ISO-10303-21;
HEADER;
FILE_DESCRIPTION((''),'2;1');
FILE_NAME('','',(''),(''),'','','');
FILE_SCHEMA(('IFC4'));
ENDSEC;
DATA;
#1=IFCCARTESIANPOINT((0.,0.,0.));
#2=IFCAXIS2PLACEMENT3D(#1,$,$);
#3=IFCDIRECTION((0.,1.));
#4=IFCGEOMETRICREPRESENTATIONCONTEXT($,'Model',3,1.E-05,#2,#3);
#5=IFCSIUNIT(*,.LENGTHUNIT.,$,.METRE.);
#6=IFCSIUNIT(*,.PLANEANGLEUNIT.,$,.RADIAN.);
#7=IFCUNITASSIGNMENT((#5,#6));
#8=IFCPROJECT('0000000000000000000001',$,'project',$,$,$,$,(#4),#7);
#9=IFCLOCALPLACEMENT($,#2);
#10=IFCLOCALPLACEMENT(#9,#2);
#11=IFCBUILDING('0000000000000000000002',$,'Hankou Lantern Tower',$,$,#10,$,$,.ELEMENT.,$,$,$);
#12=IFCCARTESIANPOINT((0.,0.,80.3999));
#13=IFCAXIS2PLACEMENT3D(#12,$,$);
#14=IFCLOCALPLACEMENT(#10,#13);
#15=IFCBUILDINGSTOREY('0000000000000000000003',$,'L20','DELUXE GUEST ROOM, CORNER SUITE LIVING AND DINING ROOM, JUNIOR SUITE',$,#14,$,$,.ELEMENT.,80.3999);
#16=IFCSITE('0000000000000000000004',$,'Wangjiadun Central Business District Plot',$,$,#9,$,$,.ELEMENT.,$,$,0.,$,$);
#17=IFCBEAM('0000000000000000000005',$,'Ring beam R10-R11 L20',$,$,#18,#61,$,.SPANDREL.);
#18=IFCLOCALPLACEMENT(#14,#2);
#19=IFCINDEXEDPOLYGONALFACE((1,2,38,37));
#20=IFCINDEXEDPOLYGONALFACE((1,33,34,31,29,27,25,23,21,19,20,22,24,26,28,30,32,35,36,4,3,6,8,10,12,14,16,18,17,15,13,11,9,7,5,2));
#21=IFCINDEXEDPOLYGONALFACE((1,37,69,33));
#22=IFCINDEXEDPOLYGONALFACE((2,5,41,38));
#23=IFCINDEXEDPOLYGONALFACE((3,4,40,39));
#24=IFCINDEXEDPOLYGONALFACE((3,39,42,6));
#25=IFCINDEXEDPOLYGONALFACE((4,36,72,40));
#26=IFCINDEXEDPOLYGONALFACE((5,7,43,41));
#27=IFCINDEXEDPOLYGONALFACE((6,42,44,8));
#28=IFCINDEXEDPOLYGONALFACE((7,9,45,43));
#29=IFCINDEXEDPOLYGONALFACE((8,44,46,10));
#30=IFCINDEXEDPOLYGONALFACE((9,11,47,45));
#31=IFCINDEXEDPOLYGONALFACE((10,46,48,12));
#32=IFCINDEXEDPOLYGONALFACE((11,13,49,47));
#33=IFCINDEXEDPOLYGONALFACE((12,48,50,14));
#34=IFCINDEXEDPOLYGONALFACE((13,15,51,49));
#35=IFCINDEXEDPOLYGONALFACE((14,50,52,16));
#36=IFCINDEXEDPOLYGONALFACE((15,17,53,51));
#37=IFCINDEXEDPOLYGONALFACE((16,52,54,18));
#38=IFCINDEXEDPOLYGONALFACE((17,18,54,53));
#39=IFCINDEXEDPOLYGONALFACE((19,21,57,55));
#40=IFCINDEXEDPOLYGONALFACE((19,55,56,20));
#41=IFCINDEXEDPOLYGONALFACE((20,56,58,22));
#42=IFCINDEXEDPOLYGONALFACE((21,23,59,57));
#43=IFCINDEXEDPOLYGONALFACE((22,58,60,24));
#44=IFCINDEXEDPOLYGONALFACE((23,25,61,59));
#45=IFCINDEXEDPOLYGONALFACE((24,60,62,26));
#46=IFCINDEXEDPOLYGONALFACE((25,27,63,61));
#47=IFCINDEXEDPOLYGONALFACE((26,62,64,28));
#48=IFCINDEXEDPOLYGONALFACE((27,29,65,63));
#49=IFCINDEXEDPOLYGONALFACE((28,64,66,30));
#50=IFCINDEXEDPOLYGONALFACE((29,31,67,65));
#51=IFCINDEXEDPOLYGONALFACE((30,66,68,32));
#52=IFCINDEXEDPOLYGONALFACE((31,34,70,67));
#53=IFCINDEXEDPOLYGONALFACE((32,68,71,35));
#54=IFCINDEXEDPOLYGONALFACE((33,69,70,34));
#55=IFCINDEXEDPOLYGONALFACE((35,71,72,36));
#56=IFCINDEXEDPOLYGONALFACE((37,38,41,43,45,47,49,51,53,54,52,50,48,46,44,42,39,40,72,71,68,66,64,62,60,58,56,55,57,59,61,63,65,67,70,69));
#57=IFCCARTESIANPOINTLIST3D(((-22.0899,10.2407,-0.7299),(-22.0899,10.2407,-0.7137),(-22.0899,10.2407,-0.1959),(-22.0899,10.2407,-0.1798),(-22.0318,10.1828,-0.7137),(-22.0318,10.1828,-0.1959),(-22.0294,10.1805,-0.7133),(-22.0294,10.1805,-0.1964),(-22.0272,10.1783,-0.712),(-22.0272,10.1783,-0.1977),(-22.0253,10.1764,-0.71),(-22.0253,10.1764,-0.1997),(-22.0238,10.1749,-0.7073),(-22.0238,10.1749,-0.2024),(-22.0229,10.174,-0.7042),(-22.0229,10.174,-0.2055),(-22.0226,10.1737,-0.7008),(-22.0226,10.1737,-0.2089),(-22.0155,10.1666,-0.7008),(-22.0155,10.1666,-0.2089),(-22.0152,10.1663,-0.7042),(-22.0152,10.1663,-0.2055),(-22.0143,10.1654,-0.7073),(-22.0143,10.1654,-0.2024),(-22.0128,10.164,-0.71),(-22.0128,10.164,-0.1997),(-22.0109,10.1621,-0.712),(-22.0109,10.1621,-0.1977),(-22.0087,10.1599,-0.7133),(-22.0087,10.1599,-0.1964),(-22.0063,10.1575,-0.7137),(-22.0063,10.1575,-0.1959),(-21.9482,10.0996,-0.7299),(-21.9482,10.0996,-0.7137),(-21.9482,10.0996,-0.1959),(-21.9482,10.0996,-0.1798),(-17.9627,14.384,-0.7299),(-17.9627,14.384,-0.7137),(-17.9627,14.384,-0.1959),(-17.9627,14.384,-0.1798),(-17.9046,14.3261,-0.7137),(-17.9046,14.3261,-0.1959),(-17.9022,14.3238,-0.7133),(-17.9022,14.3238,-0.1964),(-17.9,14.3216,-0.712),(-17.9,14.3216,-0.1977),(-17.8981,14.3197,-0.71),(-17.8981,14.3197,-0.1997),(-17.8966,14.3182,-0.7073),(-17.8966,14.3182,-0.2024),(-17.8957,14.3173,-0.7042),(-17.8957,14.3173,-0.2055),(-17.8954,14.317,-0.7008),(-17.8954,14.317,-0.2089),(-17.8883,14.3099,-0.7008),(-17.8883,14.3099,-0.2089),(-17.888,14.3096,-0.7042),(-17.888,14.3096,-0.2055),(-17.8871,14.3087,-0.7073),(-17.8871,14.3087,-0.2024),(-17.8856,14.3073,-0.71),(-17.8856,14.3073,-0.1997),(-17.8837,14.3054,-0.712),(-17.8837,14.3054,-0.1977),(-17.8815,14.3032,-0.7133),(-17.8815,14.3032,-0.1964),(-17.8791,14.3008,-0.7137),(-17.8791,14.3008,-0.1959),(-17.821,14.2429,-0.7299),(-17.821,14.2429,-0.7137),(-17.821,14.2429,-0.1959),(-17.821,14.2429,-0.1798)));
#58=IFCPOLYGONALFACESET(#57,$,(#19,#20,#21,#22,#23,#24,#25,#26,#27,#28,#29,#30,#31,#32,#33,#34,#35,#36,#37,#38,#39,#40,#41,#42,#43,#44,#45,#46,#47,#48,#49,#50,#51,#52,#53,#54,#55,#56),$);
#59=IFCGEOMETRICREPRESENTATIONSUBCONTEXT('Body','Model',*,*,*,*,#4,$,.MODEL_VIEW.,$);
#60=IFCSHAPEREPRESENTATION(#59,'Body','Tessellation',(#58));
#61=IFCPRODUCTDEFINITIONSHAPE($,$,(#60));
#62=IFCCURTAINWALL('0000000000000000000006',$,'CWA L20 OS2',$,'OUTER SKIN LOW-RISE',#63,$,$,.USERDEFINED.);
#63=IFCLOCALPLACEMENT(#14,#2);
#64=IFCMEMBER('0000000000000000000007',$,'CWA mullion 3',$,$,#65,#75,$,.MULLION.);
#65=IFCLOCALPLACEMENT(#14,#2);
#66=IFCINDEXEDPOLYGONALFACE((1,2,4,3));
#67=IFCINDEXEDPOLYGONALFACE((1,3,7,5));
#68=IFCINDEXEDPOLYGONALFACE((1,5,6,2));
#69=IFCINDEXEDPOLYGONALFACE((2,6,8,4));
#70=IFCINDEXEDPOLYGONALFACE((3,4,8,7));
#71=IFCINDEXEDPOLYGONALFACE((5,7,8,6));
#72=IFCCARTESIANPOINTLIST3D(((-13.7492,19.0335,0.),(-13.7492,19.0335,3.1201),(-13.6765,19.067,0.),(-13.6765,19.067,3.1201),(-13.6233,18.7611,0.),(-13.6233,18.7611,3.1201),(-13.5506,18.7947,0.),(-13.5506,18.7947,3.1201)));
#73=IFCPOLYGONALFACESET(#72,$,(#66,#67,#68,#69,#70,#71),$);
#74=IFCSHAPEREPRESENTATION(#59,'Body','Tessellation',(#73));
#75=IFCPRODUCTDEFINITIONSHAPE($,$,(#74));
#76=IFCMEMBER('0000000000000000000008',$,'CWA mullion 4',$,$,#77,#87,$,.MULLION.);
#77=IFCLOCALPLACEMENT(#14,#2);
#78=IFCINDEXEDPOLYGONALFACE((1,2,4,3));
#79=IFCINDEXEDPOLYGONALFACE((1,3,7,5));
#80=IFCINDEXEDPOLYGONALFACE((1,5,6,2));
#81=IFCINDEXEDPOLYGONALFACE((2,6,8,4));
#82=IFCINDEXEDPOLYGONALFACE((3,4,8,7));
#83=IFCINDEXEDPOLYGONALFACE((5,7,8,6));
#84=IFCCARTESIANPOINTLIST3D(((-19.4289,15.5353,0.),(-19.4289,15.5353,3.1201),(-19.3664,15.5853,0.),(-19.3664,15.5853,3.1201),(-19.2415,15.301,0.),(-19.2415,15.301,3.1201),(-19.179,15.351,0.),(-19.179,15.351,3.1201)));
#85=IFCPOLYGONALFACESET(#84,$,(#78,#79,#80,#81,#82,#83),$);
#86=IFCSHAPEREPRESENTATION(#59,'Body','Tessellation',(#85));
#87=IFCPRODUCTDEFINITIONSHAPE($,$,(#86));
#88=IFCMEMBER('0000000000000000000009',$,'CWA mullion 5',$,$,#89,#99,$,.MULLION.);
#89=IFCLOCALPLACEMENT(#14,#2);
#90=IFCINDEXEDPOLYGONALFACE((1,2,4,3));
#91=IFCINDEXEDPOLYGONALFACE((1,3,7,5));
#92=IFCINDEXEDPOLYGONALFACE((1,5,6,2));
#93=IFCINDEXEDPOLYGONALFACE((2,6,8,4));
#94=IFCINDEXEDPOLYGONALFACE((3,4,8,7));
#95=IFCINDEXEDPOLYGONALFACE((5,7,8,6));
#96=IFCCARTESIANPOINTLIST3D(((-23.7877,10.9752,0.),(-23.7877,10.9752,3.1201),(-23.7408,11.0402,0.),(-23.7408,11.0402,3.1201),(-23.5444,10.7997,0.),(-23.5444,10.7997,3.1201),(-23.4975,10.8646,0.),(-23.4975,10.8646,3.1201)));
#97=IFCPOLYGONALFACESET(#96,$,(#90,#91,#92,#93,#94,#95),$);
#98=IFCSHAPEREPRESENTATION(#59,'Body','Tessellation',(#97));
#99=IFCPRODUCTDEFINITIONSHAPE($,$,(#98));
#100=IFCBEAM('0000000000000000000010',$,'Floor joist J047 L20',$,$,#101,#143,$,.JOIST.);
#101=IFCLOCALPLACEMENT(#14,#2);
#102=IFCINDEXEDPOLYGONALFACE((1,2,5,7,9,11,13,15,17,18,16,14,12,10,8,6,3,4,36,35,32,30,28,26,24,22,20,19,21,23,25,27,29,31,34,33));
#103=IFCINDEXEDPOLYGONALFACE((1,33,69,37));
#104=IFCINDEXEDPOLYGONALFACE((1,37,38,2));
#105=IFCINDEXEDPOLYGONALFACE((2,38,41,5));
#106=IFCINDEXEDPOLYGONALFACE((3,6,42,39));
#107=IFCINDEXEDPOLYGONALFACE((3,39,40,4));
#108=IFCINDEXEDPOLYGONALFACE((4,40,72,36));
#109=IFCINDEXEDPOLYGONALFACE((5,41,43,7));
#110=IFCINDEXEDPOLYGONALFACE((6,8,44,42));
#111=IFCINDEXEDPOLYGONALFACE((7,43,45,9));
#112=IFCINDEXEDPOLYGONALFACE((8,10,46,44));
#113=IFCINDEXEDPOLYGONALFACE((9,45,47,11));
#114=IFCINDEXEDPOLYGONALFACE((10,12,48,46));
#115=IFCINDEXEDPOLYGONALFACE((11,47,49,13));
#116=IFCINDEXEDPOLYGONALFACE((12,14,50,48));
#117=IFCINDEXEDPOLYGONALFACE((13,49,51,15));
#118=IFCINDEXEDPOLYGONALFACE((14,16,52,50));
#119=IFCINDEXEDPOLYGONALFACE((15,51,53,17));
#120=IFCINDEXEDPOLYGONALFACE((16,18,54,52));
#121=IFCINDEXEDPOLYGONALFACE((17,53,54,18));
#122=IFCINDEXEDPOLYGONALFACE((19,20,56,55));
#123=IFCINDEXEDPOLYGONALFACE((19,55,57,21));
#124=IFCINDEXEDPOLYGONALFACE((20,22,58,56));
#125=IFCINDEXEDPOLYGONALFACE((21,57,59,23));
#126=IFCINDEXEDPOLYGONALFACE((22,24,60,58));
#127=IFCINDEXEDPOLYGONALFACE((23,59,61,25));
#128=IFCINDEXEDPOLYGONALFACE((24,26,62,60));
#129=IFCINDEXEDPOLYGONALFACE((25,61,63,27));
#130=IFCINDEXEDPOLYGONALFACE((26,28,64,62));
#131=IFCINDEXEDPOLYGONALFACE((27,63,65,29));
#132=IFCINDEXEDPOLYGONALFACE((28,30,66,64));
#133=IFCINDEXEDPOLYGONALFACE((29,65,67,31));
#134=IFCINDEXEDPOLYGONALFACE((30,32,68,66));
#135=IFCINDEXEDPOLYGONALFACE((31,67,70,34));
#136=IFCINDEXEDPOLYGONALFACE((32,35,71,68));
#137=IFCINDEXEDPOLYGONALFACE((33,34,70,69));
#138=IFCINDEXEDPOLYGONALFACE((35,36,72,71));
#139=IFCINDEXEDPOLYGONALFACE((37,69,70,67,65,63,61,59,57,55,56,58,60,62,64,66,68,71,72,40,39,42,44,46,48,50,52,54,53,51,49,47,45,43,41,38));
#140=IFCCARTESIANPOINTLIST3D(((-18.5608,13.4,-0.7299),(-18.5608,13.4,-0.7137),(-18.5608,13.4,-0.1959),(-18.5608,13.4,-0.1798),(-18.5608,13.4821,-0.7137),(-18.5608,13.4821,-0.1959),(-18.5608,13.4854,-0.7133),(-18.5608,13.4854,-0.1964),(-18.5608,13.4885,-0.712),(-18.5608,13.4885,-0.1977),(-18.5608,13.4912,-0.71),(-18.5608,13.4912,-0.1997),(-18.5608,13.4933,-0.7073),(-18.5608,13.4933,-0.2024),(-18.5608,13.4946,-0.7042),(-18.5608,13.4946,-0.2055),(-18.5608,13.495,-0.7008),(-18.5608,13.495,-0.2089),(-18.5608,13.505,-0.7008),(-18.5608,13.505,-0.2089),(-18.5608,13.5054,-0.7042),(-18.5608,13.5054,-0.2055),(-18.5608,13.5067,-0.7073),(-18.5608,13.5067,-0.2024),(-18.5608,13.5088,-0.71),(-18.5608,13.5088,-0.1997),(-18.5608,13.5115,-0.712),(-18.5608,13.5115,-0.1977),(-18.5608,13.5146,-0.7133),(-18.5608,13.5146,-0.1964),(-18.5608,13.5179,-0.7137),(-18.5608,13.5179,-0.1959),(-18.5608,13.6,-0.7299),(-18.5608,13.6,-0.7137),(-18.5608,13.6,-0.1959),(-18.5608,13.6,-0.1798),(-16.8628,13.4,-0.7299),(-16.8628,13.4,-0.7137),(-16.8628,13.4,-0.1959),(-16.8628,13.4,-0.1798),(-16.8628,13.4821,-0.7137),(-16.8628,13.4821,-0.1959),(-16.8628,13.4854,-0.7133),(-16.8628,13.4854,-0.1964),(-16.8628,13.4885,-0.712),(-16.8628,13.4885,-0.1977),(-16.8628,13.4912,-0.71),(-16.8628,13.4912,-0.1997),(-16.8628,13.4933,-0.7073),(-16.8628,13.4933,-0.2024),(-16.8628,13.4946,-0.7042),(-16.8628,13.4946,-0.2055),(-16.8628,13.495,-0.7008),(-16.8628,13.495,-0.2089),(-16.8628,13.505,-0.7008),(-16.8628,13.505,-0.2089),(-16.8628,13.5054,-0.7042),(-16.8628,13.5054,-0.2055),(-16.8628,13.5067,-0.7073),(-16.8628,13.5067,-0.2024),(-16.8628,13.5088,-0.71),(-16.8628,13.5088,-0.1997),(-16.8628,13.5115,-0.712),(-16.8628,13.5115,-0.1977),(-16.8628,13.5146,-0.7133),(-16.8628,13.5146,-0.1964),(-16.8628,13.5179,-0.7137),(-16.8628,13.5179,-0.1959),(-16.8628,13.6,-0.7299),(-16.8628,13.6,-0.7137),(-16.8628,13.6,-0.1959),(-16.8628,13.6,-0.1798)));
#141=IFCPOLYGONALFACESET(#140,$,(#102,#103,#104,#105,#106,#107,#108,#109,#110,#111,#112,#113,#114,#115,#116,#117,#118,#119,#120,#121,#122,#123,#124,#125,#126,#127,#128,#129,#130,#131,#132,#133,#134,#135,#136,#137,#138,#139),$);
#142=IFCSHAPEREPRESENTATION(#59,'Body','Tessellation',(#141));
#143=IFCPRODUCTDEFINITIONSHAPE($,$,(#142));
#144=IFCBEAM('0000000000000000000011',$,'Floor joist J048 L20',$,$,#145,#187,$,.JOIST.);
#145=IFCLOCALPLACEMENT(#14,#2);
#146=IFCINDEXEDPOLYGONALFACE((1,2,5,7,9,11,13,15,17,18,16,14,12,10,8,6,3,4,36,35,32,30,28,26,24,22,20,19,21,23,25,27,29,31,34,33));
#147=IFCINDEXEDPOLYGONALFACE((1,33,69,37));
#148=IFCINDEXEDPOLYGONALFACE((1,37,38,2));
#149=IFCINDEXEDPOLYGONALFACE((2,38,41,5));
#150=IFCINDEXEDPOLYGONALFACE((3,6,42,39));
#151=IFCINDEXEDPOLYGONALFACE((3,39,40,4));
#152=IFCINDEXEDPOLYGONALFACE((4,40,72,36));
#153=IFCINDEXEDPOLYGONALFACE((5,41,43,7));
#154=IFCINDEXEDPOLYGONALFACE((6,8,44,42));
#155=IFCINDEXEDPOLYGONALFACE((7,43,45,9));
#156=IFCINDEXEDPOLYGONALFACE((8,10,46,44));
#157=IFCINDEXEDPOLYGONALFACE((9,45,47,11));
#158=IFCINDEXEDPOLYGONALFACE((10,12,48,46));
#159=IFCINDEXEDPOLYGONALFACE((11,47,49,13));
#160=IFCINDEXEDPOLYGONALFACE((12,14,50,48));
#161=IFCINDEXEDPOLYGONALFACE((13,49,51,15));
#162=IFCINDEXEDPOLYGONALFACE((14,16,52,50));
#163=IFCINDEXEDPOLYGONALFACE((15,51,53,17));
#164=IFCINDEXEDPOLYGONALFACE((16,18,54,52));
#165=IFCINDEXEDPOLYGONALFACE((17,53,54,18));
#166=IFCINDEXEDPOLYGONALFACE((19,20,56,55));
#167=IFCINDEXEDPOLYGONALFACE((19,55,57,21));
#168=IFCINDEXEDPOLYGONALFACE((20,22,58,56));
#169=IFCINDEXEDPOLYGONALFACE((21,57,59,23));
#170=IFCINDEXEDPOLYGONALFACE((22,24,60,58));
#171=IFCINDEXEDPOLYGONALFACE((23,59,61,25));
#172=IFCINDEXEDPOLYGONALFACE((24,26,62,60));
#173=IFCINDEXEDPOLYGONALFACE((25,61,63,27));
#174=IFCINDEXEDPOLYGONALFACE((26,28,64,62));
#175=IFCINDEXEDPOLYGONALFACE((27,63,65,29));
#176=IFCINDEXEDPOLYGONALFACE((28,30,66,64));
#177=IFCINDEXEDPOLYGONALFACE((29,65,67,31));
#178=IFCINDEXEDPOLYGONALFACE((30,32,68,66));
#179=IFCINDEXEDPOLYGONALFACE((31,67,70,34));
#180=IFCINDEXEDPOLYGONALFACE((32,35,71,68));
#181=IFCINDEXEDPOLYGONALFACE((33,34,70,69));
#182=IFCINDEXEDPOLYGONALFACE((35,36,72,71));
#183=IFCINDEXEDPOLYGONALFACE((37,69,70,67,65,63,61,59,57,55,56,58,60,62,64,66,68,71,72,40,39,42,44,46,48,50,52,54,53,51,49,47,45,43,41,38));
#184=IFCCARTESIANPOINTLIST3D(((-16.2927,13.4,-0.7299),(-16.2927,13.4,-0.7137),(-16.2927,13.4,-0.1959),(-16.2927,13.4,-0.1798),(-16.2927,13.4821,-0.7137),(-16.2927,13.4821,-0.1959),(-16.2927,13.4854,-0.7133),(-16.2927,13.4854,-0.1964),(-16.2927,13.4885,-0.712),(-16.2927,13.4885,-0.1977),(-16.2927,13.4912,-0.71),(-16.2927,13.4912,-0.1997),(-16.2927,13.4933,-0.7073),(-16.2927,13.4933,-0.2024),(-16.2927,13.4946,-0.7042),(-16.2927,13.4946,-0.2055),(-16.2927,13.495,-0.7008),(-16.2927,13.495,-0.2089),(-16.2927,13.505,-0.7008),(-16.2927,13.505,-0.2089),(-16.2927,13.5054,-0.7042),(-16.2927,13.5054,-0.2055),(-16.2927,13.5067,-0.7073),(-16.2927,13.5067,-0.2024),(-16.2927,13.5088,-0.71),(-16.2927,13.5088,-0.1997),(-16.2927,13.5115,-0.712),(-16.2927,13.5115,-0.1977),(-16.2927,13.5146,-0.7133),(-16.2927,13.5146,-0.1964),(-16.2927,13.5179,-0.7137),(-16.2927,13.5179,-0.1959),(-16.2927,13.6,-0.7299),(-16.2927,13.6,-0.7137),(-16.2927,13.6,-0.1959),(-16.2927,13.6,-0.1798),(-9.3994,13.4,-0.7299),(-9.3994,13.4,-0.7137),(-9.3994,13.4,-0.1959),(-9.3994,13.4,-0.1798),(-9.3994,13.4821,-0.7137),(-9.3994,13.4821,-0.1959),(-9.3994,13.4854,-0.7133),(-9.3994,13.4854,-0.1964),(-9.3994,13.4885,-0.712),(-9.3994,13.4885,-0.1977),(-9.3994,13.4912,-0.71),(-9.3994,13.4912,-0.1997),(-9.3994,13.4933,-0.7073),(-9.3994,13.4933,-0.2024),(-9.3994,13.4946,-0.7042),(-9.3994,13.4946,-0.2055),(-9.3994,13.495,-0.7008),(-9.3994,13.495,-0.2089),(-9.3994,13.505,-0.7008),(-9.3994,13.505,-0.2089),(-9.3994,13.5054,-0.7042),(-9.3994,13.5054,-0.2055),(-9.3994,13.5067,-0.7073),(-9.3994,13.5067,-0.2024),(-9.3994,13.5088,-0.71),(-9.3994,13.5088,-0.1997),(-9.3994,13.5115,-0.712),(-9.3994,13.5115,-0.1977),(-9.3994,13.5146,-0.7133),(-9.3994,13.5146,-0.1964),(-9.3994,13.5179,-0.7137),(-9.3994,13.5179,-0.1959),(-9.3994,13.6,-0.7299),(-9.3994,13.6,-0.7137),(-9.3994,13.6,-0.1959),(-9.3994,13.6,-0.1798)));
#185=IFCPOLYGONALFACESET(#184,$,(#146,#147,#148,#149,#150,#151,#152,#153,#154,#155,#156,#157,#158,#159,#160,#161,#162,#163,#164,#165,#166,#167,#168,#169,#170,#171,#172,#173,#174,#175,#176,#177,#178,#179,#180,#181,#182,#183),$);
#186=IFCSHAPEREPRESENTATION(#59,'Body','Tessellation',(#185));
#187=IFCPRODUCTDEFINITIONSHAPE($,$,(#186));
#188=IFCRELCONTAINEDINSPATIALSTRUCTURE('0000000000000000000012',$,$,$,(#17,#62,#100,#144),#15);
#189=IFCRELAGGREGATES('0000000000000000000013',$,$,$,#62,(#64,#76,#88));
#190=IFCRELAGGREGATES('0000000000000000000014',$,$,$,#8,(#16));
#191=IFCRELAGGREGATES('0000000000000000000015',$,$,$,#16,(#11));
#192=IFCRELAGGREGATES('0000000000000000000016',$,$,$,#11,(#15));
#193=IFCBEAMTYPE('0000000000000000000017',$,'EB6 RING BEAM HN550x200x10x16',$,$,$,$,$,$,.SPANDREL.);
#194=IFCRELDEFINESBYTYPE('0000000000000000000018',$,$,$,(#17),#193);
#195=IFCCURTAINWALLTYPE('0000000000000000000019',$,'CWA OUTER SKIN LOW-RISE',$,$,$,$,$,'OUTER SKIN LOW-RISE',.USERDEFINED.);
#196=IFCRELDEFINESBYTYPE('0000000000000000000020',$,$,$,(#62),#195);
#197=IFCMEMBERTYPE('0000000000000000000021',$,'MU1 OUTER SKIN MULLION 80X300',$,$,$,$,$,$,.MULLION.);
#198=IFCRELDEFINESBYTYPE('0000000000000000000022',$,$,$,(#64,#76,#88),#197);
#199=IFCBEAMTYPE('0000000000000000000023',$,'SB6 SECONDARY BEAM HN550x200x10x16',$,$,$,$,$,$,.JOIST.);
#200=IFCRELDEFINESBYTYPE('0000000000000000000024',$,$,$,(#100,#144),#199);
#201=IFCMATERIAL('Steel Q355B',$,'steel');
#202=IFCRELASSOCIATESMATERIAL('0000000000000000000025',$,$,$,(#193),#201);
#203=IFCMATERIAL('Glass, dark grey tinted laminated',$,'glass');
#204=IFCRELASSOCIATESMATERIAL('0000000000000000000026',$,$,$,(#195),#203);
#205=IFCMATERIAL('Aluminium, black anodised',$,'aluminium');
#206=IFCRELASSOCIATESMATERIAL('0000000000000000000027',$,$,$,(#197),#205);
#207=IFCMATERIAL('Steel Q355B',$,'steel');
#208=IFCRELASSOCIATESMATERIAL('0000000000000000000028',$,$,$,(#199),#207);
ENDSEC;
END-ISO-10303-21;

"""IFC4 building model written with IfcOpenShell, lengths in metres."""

from ifc_helpers import new_model, si_unit, direction, frame, origin, origin_2d, place, context, subcontext, project, spatial, rectangle, i_section, extrude, material, material_profile, profile_set, type_object, element, aggregate, save


model = new_model("IFC4")

# Units and contexts
model_context = context("Model", 3, precision=1e-05, world=origin(), true_north=direction((0.0, 1.0)))
body_context = subcontext(model_context, "Body", "Model", "MODEL_VIEW")
ifc_project = project(units=[si_unit("LENGTHUNIT", "METRE"), si_unit("PLANEANGLEUNIT", "RADIAN")], contexts=[model_context])

# Site, building, storey
site_placement = place(None, origin())
site = spatial("IfcSite", under=ifc_project, at=site_placement, Name="Wangjiadun Central Business District Plot", CompositionType="ELEMENT", RefElevation=0.0)
building_placement = place(site_placement, origin())
building = spatial("IfcBuilding", under=site, at=building_placement, Name="Hankou Lantern Tower", CompositionType="ELEMENT")
storey_placement = place(building_placement, frame((0.0, 0.0, 80.3999)))
storey = spatial("IfcBuildingStorey", under=building, at=storey_placement, Name="L20", Description="DELUXE GUEST ROOM, CORNER SUITE LIVING AND DINING ROOM, JUNIOR SUITE", CompositionType="ELEMENT", Elevation=80.3999)

# Beam
ifc_material_1 = material(Name="Steel Q355B", Category="steel")
ifc_material_profile_1 = material_profile(ifc_material_1, i_section(OverallWidth=0.2, OverallDepth=0.55, WebThickness=0.01, FlangeThickness=0.0161, FilletRadius=0.0129, at=origin_2d()), Name="HN550x200x10x16")
ifc_profile_set_1 = profile_set([ifc_material_profile_1], Name="Steel Q355B")
beam_type_1 = type_object("IfcBeamType", Name="EB6 RING BEAM HN550x200x10x16", PredefinedType="SPANDREL", material=ifc_profile_set_1)
beam_1_placement = place(storey_placement, frame((-17.8918, 14.3135, -0.4548), z_axis=(-0.705728, -0.708483, 0.0), x_axis=(0.708483, -0.705728, 0.0)))
element("IfcBeam", 1, at=beam_1_placement, inside=storey, type_object=beam_type_1, Name="Ring beam R10-R11 L20", PredefinedType="SPANDREL", context=body_context, shape_type="SweptSolid", body=[
    extrude(i_section(OverallWidth=0.2, OverallDepth=0.55, WebThickness=0.01, FlangeThickness=0.0161, FilletRadius=0.0129, at=origin_2d()), origin(), (0.0, 0.0, 1.0), 5.8481),
])

# Curtain wall, members
ifc_material_2 = material(Name="Glass, dark grey tinted laminated", Category="glass")
curtain_wall_type = type_object("IfcCurtainWallType", Name="CWA OUTER SKIN LOW-RISE", ElementType="OUTER SKIN LOW-RISE", PredefinedType="USERDEFINED", material=ifc_material_2)
curtain_wall_placement = place(storey_placement, origin())
curtain_wall = element("IfcCurtainWall", 2, at=curtain_wall_placement, inside=storey, type_object=curtain_wall_type, Name="CWA L20 OS2", ObjectType="OUTER SKIN LOW-RISE", PredefinedType="USERDEFINED")
ifc_material_3 = material(Name="Aluminium, black anodised", Category="aluminium")
ifc_material_profile_2 = material_profile(ifc_material_3, rectangle(XDim=0.0801, YDim=0.3, at=origin_2d()), Name="MU1 80X300")
ifc_profile_set_2 = profile_set([ifc_material_profile_2], Name="Aluminium, black anodised")
member_type_1 = type_object("IfcMemberType", Name="MU1 OUTER SKIN MULLION 80X300", PredefinedType="MULLION", material=ifc_profile_set_2)
member_1_placement = place(storey_placement, frame((-13.6499, 18.9141, 0.0), z_axis=(0.0, 0.0, 1.0), x_axis=(-0.907841, -0.419314, 0.0)))
member_1 = element("IfcMember", 3, at=member_1_placement, type_object=member_type_1, Name="CWA mullion 3", PredefinedType="MULLION", context=body_context, shape_type="SweptSolid", body=[
    extrude(rectangle(XDim=0.0801, YDim=0.3, at=origin_2d()), origin(), (0.0, 0.0, 1.0), 3.1201),
])
member_2_placement = place(storey_placement, frame((-19.304, 15.4431, 0.0), z_axis=(0.0, 0.0, 1.0), x_axis=(-0.780869, -0.624695, 0.0)))
member_2 = element("IfcMember", 4, at=member_2_placement, type_object=member_type_1, Name="CWA mullion 4", PredefinedType="MULLION", context=body_context, shape_type="SweptSolid", body=[
    extrude(rectangle(XDim=0.0801, YDim=0.3, at=origin_2d()), origin(), (0.0, 0.0, 1.0), 3.1201),
])
member_3_placement = place(storey_placement, frame((-23.6426, 10.9199, 0.0), z_axis=(0.0, 0.0, 1.0), x_axis=(-0.585206, -0.810885, 0.0)))
member_3 = element("IfcMember", 5, at=member_3_placement, type_object=member_type_1, Name="CWA mullion 5", PredefinedType="MULLION", context=body_context, shape_type="SweptSolid", body=[
    extrude(rectangle(XDim=0.0801, YDim=0.3, at=origin_2d()), origin(), (0.0, 0.0, 1.0), 3.1201),
])

# Beams
ifc_material_4 = material(Name="Steel Q355B", Category="steel")
ifc_material_profile_3 = material_profile(ifc_material_4, i_section(OverallWidth=0.2, OverallDepth=0.55, WebThickness=0.01, FlangeThickness=0.0161, FilletRadius=0.0129, at=origin_2d()), Name="HN550x200x10x16")
ifc_profile_set_3 = profile_set([ifc_material_profile_3], Name="Steel Q355B")
beam_type_2 = type_object("IfcBeamType", Name="SB6 SECONDARY BEAM HN550x200x10x16", PredefinedType="JOIST", material=ifc_profile_set_3)
beam_2_placement = place(storey_placement, frame((-18.5608, 13.5, -0.4548), z_axis=(1.0, 0.0, 0.0), x_axis=(0.0, 1.0, 0.0)))
element("IfcBeam", 6, at=beam_2_placement, inside=storey, type_object=beam_type_2, Name="Floor joist J047 L20", PredefinedType="JOIST", context=body_context, shape_type="SweptSolid", body=[
    extrude(i_section(OverallWidth=0.2, OverallDepth=0.55, WebThickness=0.01, FlangeThickness=0.0161, FilletRadius=0.0129, at=origin_2d()), origin(), (0.0, 0.0, 1.0), 1.698),
])
beam_3_placement = place(storey_placement, frame((-16.2927, 13.5, -0.4548), z_axis=(1.0, 0.0, 0.0), x_axis=(0.0, 1.0, 0.0)))
element("IfcBeam", 7, at=beam_3_placement, inside=storey, type_object=beam_type_2, Name="Floor joist J048 L20", PredefinedType="JOIST", context=body_context, shape_type="SweptSolid", body=[
    extrude(i_section(OverallWidth=0.2, OverallDepth=0.55, WebThickness=0.01, FlangeThickness=0.0161, FilletRadius=0.0129, at=origin_2d()), origin(), (0.0, 0.0, 1.0), 6.8933),
])

aggregate(curtain_wall, [member_1, member_2, member_3])

save(model, "model.ifc")
